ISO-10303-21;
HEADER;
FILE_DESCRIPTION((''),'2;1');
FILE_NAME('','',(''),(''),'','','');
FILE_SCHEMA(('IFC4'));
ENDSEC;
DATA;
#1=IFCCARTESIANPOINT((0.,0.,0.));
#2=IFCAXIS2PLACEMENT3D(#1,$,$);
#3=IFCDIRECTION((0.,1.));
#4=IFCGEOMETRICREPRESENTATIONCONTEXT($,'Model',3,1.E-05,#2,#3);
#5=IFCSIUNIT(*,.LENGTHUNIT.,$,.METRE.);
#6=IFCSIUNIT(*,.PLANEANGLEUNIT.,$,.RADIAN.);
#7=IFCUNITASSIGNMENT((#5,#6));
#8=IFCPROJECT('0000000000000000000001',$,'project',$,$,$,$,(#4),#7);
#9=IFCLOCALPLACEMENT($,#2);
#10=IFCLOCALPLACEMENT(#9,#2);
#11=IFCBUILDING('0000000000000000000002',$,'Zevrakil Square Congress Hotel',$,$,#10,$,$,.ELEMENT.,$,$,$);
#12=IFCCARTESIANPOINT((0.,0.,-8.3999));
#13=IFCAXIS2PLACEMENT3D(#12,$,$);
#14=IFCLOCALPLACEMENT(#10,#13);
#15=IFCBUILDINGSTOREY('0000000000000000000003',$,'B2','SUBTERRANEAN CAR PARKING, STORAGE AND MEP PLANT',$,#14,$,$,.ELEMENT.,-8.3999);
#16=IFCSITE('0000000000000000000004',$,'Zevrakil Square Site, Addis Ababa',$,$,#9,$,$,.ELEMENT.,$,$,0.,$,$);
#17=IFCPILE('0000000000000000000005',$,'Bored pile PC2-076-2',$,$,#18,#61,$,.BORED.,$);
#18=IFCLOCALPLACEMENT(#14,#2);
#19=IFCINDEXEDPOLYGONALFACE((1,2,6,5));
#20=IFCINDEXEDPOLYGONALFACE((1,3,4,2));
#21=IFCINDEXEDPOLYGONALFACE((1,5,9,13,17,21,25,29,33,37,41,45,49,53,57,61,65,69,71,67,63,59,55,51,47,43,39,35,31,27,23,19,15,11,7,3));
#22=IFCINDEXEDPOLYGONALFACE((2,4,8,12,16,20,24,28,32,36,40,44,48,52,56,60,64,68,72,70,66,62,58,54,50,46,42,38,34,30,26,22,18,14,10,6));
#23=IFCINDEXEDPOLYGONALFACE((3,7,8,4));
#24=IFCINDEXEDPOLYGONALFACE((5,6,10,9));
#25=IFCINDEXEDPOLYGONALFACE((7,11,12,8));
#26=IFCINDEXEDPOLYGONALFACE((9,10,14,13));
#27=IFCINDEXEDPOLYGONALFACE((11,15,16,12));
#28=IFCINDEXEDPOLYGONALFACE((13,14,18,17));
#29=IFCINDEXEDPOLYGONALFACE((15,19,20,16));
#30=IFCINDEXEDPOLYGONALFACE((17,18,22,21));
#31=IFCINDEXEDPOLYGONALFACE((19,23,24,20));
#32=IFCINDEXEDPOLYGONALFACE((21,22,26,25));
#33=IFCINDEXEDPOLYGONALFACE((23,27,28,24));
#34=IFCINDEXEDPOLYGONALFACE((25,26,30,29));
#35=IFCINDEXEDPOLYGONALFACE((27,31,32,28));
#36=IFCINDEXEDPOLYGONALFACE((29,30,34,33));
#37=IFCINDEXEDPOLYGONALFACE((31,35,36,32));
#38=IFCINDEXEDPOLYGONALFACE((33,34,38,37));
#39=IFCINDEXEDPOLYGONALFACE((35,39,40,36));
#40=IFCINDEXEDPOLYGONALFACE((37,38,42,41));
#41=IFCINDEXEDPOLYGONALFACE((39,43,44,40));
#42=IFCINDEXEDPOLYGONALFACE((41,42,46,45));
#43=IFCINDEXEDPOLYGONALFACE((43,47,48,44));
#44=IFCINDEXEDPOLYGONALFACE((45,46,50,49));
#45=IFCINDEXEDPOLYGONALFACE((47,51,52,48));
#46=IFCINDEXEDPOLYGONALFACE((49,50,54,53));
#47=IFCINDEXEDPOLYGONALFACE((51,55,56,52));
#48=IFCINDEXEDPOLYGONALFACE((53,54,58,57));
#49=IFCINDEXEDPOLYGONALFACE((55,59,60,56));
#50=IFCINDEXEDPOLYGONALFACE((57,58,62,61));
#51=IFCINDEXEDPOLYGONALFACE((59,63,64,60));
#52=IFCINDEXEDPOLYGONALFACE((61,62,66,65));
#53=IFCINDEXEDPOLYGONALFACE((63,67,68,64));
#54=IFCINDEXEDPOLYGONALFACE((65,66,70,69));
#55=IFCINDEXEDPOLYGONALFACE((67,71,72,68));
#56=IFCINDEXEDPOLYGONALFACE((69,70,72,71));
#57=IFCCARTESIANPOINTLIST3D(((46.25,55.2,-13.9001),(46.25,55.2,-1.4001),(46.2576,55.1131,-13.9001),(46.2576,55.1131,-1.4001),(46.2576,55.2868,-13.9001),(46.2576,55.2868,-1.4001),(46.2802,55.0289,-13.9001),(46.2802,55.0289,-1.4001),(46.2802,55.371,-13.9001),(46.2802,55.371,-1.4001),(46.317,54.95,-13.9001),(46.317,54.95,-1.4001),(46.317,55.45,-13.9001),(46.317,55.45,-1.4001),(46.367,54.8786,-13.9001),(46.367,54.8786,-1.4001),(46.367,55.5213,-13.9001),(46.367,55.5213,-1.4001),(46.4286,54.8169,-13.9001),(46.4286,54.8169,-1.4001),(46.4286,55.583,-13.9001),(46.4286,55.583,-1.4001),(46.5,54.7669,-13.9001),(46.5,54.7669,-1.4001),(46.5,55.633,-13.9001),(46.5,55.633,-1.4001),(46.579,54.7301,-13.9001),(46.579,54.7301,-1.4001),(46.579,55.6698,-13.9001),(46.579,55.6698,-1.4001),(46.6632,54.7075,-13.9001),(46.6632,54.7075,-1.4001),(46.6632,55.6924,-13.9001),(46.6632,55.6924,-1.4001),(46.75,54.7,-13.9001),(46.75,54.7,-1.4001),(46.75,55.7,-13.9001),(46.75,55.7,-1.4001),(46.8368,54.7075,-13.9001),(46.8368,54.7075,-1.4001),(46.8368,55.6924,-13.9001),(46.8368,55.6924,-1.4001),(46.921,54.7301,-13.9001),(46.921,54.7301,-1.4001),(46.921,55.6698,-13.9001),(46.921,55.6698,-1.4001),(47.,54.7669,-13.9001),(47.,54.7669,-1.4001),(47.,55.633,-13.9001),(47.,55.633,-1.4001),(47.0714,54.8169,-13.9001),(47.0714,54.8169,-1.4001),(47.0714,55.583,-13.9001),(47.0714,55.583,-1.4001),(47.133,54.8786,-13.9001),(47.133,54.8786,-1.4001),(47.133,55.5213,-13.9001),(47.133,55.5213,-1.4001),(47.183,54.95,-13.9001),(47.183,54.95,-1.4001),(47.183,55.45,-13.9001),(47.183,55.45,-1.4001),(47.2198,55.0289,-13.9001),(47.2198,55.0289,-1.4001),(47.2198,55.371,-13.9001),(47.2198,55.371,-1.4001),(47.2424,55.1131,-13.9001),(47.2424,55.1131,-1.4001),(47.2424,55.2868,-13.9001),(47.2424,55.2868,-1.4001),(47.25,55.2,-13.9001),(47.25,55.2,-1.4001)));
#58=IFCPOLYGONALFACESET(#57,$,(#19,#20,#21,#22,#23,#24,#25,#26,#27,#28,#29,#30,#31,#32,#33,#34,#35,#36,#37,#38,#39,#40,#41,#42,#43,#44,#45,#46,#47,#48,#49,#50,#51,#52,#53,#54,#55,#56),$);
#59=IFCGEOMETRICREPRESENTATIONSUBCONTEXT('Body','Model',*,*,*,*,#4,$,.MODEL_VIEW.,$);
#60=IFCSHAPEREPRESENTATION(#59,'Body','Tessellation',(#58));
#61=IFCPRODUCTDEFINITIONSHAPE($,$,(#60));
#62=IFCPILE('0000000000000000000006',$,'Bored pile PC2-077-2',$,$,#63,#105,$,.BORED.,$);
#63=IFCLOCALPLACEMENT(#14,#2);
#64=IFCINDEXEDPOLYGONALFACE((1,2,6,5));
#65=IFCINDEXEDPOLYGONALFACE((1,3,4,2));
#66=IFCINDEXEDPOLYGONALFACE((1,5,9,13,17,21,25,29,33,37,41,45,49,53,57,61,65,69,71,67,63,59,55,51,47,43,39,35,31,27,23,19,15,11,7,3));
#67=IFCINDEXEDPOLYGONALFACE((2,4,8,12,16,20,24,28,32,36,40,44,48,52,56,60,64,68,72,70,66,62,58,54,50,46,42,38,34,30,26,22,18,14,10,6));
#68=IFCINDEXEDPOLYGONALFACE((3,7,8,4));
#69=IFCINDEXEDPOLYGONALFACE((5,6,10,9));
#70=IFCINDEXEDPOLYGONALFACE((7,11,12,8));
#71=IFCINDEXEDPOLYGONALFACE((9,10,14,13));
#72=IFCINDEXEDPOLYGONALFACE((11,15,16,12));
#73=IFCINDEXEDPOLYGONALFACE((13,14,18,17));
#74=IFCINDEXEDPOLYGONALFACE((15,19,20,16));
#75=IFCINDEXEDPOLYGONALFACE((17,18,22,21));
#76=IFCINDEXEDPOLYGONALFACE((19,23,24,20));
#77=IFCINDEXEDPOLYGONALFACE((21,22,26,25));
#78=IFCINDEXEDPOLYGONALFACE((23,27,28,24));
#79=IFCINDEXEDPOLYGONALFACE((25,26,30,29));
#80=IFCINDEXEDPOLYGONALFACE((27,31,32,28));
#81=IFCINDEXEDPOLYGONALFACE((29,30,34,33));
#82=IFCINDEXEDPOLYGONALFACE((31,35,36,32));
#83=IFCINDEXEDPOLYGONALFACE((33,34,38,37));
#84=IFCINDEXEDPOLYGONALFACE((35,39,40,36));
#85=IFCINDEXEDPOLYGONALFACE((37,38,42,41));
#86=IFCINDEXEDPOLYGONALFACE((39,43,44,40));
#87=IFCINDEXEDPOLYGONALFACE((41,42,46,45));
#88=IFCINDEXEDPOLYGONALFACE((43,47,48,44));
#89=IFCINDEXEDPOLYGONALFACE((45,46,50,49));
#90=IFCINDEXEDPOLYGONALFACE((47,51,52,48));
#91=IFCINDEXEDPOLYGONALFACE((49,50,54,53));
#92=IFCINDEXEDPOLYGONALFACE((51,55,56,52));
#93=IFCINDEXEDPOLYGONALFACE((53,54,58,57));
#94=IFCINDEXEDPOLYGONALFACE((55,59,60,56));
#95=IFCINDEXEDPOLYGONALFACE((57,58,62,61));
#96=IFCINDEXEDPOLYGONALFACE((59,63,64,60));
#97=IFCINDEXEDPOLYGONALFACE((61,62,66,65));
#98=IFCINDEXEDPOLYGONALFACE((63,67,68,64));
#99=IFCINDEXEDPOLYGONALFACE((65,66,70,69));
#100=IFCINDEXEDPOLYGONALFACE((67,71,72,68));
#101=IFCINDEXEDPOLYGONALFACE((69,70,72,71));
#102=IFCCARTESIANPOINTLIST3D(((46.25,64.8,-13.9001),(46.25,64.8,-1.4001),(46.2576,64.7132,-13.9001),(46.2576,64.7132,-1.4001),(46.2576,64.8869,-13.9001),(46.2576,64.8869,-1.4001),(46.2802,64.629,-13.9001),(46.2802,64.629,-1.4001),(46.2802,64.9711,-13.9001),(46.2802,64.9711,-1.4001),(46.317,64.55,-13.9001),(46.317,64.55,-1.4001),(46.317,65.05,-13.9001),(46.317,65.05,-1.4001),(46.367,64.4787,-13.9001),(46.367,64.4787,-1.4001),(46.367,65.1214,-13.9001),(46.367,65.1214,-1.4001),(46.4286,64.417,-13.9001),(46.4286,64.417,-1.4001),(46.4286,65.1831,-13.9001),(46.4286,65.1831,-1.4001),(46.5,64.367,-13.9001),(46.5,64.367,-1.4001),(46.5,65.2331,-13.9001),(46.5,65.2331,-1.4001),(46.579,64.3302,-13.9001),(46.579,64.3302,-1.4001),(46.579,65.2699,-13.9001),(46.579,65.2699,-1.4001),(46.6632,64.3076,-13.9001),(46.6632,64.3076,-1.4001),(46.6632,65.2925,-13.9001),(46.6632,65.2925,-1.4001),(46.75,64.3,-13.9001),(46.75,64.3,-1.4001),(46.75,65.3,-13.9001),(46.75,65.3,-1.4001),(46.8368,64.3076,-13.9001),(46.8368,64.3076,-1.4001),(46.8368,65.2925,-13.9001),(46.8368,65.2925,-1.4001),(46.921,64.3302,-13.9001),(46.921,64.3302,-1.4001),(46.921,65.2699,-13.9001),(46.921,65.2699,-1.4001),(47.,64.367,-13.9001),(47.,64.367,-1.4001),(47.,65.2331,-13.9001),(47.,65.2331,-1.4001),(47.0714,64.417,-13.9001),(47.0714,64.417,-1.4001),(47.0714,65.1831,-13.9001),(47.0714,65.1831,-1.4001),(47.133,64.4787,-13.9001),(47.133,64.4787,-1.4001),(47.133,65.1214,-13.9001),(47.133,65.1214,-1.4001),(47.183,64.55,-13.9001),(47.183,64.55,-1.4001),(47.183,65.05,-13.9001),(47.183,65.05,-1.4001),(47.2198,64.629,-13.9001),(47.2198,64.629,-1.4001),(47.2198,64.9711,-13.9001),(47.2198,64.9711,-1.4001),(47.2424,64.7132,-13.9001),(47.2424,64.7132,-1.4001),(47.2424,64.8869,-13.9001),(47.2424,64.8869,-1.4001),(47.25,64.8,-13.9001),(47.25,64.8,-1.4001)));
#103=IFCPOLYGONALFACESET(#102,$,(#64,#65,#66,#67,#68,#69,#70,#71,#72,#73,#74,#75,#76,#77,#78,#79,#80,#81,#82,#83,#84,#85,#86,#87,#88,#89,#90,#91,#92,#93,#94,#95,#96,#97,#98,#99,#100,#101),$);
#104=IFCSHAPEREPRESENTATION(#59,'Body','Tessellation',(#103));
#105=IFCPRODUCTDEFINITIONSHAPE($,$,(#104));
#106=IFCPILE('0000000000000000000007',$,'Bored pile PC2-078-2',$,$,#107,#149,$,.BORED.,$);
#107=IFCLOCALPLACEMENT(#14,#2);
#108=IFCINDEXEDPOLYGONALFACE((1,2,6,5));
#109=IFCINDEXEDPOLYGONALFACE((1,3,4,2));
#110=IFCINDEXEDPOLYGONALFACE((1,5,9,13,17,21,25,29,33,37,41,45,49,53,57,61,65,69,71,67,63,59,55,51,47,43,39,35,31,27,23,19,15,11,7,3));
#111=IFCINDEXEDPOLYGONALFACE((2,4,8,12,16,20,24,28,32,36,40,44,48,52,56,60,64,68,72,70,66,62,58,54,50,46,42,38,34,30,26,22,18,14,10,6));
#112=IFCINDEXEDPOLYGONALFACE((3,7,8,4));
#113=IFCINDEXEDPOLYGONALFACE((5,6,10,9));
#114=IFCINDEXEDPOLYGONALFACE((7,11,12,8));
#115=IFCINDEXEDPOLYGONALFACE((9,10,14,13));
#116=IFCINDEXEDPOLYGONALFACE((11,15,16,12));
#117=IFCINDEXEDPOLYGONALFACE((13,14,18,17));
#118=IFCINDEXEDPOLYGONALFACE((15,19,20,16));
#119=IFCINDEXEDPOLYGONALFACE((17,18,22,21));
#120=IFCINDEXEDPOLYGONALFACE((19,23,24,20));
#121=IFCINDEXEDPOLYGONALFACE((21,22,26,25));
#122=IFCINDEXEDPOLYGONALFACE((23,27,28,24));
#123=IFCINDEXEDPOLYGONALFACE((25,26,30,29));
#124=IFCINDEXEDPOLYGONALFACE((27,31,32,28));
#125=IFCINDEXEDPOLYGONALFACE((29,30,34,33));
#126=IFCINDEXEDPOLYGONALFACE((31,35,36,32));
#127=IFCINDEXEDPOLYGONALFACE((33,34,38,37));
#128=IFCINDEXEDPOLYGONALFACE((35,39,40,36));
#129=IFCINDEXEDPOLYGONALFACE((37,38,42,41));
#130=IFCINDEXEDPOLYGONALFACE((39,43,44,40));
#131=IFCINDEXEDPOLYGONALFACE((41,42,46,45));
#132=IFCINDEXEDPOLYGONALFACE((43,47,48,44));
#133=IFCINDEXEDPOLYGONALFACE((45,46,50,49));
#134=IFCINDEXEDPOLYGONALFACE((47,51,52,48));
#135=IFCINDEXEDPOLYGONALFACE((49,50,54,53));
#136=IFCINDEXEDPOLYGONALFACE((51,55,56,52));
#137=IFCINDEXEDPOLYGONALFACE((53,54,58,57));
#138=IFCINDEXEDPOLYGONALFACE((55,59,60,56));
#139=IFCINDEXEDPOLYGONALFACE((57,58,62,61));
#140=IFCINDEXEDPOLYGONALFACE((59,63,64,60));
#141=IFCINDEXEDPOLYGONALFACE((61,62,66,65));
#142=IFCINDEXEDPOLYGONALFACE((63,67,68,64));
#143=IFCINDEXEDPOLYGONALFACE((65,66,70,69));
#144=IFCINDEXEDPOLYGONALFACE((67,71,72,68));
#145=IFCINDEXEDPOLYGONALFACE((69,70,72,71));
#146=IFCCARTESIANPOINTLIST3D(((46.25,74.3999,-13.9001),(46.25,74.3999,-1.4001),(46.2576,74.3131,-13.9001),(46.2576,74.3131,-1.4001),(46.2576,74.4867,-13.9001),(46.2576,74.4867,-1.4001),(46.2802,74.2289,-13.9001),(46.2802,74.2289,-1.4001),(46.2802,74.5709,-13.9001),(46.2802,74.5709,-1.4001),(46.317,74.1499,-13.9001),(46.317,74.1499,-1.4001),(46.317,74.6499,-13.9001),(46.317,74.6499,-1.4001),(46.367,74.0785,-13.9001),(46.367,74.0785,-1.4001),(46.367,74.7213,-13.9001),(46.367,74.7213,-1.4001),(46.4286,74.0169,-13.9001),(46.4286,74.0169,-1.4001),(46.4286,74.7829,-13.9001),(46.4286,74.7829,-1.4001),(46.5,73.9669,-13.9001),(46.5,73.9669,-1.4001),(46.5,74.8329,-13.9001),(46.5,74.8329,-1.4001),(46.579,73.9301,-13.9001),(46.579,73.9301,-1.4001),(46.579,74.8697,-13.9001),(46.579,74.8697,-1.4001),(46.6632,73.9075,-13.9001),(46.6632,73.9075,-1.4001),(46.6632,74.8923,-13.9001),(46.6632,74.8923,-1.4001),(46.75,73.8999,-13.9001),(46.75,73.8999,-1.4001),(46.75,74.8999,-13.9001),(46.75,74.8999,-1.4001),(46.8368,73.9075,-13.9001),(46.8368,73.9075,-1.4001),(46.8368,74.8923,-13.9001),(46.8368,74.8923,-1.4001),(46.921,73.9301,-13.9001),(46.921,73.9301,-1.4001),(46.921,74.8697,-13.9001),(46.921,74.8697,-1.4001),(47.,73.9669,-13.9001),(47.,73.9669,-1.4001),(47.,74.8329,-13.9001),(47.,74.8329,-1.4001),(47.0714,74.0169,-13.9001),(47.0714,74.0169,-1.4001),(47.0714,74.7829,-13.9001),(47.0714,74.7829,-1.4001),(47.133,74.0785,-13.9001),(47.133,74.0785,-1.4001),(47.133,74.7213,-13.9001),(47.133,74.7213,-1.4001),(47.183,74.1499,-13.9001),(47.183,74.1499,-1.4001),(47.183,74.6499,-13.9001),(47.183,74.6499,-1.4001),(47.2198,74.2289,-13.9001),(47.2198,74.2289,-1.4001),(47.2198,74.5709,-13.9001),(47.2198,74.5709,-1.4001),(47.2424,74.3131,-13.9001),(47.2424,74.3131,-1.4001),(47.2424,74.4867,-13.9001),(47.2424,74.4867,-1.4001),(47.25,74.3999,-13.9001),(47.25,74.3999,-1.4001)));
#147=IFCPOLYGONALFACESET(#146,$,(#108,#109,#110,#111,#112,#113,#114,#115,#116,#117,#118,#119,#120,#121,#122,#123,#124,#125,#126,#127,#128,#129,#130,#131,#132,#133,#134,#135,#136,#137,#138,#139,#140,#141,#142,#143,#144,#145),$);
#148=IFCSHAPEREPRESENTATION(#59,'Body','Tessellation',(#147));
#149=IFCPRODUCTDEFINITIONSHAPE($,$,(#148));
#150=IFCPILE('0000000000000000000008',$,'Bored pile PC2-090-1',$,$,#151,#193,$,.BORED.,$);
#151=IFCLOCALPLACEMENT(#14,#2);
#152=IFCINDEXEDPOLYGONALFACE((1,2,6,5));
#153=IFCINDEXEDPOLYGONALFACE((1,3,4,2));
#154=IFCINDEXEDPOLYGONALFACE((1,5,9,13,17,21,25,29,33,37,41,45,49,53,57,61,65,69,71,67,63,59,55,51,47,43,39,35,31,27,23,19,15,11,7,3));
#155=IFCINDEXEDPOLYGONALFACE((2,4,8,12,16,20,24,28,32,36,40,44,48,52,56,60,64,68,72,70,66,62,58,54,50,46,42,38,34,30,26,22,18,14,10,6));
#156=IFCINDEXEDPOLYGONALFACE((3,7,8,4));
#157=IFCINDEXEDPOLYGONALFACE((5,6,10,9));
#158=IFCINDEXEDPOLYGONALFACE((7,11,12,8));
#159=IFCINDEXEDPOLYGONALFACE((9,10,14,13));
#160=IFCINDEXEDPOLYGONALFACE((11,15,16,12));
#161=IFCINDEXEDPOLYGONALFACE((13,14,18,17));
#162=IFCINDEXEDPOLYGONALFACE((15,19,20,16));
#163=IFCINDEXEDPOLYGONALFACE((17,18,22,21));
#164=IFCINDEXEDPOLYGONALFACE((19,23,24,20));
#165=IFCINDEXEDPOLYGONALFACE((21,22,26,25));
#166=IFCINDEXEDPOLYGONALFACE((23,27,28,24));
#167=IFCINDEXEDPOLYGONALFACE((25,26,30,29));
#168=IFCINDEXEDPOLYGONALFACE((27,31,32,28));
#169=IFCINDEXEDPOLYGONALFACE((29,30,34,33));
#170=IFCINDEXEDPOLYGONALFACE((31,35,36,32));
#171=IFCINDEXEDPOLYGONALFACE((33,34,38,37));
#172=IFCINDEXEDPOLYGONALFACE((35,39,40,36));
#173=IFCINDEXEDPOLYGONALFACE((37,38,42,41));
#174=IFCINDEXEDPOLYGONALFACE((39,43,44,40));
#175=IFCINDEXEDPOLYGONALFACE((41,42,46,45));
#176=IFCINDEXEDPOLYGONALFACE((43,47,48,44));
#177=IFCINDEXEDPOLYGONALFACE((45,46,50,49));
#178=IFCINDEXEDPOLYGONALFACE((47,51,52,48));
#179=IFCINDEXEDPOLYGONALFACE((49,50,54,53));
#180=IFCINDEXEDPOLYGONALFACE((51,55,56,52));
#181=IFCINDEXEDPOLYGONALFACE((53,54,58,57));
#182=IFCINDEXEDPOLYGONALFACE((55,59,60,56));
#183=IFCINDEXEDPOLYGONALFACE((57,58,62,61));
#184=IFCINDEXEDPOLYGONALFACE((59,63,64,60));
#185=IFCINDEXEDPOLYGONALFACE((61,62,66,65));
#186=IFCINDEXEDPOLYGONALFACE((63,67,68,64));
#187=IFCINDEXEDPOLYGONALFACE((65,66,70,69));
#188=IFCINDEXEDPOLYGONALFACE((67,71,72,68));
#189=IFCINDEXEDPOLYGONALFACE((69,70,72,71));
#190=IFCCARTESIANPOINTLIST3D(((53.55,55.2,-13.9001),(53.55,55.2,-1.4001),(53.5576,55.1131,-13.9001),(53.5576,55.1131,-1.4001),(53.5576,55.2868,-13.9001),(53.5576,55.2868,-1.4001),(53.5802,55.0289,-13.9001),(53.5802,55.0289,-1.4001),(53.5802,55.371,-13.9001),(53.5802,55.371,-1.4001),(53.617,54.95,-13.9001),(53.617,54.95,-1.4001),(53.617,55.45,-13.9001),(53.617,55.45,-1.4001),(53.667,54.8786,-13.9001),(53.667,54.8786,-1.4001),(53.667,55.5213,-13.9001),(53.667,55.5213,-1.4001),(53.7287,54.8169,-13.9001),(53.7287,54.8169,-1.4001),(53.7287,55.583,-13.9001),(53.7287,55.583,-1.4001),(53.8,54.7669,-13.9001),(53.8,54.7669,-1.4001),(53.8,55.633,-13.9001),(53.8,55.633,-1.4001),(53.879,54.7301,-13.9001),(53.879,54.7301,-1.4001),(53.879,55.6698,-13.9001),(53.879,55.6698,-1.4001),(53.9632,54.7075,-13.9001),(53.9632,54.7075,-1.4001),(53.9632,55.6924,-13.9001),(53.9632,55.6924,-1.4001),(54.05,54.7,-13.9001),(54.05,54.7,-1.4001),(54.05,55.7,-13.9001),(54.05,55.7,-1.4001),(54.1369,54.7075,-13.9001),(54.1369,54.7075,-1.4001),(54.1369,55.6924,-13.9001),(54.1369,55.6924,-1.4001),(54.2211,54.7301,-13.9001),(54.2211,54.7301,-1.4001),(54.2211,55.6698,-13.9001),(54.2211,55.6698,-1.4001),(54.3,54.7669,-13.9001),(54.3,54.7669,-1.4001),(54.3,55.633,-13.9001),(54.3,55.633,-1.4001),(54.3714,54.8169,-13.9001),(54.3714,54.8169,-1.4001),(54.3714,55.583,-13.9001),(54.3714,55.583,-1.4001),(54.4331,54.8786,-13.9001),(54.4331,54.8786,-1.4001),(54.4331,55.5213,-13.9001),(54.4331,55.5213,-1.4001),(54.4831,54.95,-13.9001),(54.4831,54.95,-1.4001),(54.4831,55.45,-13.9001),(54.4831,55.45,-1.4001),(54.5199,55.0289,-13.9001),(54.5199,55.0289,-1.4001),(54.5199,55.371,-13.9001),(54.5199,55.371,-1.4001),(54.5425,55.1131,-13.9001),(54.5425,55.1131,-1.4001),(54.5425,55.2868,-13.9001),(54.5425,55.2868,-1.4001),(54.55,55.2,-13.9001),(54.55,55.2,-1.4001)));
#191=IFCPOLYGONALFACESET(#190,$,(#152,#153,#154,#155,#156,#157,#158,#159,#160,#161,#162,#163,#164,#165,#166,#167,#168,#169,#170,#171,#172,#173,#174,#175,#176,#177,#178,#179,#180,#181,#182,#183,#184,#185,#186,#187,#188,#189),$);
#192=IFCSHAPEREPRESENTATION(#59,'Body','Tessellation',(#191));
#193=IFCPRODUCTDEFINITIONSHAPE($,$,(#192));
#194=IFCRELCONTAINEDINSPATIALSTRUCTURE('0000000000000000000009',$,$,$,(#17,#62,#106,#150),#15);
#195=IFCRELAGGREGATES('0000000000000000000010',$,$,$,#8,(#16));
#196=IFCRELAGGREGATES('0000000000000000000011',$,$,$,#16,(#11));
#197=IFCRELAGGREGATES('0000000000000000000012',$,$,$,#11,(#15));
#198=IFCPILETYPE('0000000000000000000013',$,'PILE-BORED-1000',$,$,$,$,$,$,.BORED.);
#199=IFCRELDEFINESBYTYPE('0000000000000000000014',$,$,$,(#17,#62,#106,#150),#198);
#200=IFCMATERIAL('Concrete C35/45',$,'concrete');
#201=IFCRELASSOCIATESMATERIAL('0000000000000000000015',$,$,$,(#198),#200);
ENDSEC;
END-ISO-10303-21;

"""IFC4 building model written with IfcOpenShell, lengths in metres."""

from ifc_helpers import new_model, si_unit, direction, frame, origin, origin_2d, place, context, subcontext, project, spatial, circle, extrude, material, material_profile, profile_set, type_object, element, save


model = new_model("IFC4")

# Units and contexts
model_context = context("Model", 3, precision=1e-05, world=origin(), true_north=direction((0.0, 1.0)))
body_context = subcontext(model_context, "Body", "Model", "MODEL_VIEW")
ifc_project = project(units=[si_unit("LENGTHUNIT", "METRE"), si_unit("PLANEANGLEUNIT", "RADIAN")], contexts=[model_context])

# Site, building, storey
site_placement = place(None, origin())
site = spatial("IfcSite", under=ifc_project, at=site_placement, Name="Zevrakil Square Site, Addis Ababa", CompositionType="ELEMENT", RefElevation=0.0)
building_placement = place(site_placement, origin())
building = spatial("IfcBuilding", under=site, at=building_placement, Name="Zevrakil Square Congress Hotel", CompositionType="ELEMENT")
storey_placement = place(building_placement, frame((0.0, 0.0, -8.3999)))
storey = spatial("IfcBuildingStorey", under=building, at=storey_placement, Name="B2", Description="SUBTERRANEAN CAR PARKING, STORAGE AND MEP PLANT", CompositionType="ELEMENT", Elevation=-8.3999)

# Piles
ifc_material_1 = material(Name="Concrete C35/45", Category="concrete")
ifc_material_profile_1 = material_profile(ifc_material_1, circle(Radius=0.5, at=origin_2d()), Name="PILE D1000")
ifc_profile_set_1 = profile_set([ifc_material_profile_1], Name="Concrete C35/45")
pile_type = type_object("IfcPileType", Name="PILE-BORED-1000", PredefinedType="BORED", material=ifc_profile_set_1)
for number, where, z_axis, x_axis, name in (
    (1, (46.75, 55.2, -1.4001), (0.0, 0.0, -1.0), (1.0, 0.0, 0.0), "Bored pile PC2-076-2"),
    (2, (46.75, 64.8, -1.4001), (0.0, 0.0, -1.0), (1.0, 0.0, 0.0), "Bored pile PC2-077-2"),
    (3, (46.75, 74.3999, -1.4001), (0.0, 0.0, -1.0), (1.0, 0.0, 0.0), "Bored pile PC2-078-2"),
    (4, (54.05, 55.2, -1.4001), (0.0, 0.0, -1.0), (1.0, 0.0, 0.0), "Bored pile PC2-090-1"),
):
    element("IfcPile", number, at=place(storey_placement, frame(where, z_axis=z_axis, x_axis=x_axis)), inside=storey, type_object=pile_type, Name=name, PredefinedType="BORED", context=body_context, shape_type="SweptSolid", body=[
        extrude(circle(Radius=0.5, at=origin_2d()), origin(), (0.0, 0.0, 1.0), 12.5),
    ])

save(model, "model.ifc")
